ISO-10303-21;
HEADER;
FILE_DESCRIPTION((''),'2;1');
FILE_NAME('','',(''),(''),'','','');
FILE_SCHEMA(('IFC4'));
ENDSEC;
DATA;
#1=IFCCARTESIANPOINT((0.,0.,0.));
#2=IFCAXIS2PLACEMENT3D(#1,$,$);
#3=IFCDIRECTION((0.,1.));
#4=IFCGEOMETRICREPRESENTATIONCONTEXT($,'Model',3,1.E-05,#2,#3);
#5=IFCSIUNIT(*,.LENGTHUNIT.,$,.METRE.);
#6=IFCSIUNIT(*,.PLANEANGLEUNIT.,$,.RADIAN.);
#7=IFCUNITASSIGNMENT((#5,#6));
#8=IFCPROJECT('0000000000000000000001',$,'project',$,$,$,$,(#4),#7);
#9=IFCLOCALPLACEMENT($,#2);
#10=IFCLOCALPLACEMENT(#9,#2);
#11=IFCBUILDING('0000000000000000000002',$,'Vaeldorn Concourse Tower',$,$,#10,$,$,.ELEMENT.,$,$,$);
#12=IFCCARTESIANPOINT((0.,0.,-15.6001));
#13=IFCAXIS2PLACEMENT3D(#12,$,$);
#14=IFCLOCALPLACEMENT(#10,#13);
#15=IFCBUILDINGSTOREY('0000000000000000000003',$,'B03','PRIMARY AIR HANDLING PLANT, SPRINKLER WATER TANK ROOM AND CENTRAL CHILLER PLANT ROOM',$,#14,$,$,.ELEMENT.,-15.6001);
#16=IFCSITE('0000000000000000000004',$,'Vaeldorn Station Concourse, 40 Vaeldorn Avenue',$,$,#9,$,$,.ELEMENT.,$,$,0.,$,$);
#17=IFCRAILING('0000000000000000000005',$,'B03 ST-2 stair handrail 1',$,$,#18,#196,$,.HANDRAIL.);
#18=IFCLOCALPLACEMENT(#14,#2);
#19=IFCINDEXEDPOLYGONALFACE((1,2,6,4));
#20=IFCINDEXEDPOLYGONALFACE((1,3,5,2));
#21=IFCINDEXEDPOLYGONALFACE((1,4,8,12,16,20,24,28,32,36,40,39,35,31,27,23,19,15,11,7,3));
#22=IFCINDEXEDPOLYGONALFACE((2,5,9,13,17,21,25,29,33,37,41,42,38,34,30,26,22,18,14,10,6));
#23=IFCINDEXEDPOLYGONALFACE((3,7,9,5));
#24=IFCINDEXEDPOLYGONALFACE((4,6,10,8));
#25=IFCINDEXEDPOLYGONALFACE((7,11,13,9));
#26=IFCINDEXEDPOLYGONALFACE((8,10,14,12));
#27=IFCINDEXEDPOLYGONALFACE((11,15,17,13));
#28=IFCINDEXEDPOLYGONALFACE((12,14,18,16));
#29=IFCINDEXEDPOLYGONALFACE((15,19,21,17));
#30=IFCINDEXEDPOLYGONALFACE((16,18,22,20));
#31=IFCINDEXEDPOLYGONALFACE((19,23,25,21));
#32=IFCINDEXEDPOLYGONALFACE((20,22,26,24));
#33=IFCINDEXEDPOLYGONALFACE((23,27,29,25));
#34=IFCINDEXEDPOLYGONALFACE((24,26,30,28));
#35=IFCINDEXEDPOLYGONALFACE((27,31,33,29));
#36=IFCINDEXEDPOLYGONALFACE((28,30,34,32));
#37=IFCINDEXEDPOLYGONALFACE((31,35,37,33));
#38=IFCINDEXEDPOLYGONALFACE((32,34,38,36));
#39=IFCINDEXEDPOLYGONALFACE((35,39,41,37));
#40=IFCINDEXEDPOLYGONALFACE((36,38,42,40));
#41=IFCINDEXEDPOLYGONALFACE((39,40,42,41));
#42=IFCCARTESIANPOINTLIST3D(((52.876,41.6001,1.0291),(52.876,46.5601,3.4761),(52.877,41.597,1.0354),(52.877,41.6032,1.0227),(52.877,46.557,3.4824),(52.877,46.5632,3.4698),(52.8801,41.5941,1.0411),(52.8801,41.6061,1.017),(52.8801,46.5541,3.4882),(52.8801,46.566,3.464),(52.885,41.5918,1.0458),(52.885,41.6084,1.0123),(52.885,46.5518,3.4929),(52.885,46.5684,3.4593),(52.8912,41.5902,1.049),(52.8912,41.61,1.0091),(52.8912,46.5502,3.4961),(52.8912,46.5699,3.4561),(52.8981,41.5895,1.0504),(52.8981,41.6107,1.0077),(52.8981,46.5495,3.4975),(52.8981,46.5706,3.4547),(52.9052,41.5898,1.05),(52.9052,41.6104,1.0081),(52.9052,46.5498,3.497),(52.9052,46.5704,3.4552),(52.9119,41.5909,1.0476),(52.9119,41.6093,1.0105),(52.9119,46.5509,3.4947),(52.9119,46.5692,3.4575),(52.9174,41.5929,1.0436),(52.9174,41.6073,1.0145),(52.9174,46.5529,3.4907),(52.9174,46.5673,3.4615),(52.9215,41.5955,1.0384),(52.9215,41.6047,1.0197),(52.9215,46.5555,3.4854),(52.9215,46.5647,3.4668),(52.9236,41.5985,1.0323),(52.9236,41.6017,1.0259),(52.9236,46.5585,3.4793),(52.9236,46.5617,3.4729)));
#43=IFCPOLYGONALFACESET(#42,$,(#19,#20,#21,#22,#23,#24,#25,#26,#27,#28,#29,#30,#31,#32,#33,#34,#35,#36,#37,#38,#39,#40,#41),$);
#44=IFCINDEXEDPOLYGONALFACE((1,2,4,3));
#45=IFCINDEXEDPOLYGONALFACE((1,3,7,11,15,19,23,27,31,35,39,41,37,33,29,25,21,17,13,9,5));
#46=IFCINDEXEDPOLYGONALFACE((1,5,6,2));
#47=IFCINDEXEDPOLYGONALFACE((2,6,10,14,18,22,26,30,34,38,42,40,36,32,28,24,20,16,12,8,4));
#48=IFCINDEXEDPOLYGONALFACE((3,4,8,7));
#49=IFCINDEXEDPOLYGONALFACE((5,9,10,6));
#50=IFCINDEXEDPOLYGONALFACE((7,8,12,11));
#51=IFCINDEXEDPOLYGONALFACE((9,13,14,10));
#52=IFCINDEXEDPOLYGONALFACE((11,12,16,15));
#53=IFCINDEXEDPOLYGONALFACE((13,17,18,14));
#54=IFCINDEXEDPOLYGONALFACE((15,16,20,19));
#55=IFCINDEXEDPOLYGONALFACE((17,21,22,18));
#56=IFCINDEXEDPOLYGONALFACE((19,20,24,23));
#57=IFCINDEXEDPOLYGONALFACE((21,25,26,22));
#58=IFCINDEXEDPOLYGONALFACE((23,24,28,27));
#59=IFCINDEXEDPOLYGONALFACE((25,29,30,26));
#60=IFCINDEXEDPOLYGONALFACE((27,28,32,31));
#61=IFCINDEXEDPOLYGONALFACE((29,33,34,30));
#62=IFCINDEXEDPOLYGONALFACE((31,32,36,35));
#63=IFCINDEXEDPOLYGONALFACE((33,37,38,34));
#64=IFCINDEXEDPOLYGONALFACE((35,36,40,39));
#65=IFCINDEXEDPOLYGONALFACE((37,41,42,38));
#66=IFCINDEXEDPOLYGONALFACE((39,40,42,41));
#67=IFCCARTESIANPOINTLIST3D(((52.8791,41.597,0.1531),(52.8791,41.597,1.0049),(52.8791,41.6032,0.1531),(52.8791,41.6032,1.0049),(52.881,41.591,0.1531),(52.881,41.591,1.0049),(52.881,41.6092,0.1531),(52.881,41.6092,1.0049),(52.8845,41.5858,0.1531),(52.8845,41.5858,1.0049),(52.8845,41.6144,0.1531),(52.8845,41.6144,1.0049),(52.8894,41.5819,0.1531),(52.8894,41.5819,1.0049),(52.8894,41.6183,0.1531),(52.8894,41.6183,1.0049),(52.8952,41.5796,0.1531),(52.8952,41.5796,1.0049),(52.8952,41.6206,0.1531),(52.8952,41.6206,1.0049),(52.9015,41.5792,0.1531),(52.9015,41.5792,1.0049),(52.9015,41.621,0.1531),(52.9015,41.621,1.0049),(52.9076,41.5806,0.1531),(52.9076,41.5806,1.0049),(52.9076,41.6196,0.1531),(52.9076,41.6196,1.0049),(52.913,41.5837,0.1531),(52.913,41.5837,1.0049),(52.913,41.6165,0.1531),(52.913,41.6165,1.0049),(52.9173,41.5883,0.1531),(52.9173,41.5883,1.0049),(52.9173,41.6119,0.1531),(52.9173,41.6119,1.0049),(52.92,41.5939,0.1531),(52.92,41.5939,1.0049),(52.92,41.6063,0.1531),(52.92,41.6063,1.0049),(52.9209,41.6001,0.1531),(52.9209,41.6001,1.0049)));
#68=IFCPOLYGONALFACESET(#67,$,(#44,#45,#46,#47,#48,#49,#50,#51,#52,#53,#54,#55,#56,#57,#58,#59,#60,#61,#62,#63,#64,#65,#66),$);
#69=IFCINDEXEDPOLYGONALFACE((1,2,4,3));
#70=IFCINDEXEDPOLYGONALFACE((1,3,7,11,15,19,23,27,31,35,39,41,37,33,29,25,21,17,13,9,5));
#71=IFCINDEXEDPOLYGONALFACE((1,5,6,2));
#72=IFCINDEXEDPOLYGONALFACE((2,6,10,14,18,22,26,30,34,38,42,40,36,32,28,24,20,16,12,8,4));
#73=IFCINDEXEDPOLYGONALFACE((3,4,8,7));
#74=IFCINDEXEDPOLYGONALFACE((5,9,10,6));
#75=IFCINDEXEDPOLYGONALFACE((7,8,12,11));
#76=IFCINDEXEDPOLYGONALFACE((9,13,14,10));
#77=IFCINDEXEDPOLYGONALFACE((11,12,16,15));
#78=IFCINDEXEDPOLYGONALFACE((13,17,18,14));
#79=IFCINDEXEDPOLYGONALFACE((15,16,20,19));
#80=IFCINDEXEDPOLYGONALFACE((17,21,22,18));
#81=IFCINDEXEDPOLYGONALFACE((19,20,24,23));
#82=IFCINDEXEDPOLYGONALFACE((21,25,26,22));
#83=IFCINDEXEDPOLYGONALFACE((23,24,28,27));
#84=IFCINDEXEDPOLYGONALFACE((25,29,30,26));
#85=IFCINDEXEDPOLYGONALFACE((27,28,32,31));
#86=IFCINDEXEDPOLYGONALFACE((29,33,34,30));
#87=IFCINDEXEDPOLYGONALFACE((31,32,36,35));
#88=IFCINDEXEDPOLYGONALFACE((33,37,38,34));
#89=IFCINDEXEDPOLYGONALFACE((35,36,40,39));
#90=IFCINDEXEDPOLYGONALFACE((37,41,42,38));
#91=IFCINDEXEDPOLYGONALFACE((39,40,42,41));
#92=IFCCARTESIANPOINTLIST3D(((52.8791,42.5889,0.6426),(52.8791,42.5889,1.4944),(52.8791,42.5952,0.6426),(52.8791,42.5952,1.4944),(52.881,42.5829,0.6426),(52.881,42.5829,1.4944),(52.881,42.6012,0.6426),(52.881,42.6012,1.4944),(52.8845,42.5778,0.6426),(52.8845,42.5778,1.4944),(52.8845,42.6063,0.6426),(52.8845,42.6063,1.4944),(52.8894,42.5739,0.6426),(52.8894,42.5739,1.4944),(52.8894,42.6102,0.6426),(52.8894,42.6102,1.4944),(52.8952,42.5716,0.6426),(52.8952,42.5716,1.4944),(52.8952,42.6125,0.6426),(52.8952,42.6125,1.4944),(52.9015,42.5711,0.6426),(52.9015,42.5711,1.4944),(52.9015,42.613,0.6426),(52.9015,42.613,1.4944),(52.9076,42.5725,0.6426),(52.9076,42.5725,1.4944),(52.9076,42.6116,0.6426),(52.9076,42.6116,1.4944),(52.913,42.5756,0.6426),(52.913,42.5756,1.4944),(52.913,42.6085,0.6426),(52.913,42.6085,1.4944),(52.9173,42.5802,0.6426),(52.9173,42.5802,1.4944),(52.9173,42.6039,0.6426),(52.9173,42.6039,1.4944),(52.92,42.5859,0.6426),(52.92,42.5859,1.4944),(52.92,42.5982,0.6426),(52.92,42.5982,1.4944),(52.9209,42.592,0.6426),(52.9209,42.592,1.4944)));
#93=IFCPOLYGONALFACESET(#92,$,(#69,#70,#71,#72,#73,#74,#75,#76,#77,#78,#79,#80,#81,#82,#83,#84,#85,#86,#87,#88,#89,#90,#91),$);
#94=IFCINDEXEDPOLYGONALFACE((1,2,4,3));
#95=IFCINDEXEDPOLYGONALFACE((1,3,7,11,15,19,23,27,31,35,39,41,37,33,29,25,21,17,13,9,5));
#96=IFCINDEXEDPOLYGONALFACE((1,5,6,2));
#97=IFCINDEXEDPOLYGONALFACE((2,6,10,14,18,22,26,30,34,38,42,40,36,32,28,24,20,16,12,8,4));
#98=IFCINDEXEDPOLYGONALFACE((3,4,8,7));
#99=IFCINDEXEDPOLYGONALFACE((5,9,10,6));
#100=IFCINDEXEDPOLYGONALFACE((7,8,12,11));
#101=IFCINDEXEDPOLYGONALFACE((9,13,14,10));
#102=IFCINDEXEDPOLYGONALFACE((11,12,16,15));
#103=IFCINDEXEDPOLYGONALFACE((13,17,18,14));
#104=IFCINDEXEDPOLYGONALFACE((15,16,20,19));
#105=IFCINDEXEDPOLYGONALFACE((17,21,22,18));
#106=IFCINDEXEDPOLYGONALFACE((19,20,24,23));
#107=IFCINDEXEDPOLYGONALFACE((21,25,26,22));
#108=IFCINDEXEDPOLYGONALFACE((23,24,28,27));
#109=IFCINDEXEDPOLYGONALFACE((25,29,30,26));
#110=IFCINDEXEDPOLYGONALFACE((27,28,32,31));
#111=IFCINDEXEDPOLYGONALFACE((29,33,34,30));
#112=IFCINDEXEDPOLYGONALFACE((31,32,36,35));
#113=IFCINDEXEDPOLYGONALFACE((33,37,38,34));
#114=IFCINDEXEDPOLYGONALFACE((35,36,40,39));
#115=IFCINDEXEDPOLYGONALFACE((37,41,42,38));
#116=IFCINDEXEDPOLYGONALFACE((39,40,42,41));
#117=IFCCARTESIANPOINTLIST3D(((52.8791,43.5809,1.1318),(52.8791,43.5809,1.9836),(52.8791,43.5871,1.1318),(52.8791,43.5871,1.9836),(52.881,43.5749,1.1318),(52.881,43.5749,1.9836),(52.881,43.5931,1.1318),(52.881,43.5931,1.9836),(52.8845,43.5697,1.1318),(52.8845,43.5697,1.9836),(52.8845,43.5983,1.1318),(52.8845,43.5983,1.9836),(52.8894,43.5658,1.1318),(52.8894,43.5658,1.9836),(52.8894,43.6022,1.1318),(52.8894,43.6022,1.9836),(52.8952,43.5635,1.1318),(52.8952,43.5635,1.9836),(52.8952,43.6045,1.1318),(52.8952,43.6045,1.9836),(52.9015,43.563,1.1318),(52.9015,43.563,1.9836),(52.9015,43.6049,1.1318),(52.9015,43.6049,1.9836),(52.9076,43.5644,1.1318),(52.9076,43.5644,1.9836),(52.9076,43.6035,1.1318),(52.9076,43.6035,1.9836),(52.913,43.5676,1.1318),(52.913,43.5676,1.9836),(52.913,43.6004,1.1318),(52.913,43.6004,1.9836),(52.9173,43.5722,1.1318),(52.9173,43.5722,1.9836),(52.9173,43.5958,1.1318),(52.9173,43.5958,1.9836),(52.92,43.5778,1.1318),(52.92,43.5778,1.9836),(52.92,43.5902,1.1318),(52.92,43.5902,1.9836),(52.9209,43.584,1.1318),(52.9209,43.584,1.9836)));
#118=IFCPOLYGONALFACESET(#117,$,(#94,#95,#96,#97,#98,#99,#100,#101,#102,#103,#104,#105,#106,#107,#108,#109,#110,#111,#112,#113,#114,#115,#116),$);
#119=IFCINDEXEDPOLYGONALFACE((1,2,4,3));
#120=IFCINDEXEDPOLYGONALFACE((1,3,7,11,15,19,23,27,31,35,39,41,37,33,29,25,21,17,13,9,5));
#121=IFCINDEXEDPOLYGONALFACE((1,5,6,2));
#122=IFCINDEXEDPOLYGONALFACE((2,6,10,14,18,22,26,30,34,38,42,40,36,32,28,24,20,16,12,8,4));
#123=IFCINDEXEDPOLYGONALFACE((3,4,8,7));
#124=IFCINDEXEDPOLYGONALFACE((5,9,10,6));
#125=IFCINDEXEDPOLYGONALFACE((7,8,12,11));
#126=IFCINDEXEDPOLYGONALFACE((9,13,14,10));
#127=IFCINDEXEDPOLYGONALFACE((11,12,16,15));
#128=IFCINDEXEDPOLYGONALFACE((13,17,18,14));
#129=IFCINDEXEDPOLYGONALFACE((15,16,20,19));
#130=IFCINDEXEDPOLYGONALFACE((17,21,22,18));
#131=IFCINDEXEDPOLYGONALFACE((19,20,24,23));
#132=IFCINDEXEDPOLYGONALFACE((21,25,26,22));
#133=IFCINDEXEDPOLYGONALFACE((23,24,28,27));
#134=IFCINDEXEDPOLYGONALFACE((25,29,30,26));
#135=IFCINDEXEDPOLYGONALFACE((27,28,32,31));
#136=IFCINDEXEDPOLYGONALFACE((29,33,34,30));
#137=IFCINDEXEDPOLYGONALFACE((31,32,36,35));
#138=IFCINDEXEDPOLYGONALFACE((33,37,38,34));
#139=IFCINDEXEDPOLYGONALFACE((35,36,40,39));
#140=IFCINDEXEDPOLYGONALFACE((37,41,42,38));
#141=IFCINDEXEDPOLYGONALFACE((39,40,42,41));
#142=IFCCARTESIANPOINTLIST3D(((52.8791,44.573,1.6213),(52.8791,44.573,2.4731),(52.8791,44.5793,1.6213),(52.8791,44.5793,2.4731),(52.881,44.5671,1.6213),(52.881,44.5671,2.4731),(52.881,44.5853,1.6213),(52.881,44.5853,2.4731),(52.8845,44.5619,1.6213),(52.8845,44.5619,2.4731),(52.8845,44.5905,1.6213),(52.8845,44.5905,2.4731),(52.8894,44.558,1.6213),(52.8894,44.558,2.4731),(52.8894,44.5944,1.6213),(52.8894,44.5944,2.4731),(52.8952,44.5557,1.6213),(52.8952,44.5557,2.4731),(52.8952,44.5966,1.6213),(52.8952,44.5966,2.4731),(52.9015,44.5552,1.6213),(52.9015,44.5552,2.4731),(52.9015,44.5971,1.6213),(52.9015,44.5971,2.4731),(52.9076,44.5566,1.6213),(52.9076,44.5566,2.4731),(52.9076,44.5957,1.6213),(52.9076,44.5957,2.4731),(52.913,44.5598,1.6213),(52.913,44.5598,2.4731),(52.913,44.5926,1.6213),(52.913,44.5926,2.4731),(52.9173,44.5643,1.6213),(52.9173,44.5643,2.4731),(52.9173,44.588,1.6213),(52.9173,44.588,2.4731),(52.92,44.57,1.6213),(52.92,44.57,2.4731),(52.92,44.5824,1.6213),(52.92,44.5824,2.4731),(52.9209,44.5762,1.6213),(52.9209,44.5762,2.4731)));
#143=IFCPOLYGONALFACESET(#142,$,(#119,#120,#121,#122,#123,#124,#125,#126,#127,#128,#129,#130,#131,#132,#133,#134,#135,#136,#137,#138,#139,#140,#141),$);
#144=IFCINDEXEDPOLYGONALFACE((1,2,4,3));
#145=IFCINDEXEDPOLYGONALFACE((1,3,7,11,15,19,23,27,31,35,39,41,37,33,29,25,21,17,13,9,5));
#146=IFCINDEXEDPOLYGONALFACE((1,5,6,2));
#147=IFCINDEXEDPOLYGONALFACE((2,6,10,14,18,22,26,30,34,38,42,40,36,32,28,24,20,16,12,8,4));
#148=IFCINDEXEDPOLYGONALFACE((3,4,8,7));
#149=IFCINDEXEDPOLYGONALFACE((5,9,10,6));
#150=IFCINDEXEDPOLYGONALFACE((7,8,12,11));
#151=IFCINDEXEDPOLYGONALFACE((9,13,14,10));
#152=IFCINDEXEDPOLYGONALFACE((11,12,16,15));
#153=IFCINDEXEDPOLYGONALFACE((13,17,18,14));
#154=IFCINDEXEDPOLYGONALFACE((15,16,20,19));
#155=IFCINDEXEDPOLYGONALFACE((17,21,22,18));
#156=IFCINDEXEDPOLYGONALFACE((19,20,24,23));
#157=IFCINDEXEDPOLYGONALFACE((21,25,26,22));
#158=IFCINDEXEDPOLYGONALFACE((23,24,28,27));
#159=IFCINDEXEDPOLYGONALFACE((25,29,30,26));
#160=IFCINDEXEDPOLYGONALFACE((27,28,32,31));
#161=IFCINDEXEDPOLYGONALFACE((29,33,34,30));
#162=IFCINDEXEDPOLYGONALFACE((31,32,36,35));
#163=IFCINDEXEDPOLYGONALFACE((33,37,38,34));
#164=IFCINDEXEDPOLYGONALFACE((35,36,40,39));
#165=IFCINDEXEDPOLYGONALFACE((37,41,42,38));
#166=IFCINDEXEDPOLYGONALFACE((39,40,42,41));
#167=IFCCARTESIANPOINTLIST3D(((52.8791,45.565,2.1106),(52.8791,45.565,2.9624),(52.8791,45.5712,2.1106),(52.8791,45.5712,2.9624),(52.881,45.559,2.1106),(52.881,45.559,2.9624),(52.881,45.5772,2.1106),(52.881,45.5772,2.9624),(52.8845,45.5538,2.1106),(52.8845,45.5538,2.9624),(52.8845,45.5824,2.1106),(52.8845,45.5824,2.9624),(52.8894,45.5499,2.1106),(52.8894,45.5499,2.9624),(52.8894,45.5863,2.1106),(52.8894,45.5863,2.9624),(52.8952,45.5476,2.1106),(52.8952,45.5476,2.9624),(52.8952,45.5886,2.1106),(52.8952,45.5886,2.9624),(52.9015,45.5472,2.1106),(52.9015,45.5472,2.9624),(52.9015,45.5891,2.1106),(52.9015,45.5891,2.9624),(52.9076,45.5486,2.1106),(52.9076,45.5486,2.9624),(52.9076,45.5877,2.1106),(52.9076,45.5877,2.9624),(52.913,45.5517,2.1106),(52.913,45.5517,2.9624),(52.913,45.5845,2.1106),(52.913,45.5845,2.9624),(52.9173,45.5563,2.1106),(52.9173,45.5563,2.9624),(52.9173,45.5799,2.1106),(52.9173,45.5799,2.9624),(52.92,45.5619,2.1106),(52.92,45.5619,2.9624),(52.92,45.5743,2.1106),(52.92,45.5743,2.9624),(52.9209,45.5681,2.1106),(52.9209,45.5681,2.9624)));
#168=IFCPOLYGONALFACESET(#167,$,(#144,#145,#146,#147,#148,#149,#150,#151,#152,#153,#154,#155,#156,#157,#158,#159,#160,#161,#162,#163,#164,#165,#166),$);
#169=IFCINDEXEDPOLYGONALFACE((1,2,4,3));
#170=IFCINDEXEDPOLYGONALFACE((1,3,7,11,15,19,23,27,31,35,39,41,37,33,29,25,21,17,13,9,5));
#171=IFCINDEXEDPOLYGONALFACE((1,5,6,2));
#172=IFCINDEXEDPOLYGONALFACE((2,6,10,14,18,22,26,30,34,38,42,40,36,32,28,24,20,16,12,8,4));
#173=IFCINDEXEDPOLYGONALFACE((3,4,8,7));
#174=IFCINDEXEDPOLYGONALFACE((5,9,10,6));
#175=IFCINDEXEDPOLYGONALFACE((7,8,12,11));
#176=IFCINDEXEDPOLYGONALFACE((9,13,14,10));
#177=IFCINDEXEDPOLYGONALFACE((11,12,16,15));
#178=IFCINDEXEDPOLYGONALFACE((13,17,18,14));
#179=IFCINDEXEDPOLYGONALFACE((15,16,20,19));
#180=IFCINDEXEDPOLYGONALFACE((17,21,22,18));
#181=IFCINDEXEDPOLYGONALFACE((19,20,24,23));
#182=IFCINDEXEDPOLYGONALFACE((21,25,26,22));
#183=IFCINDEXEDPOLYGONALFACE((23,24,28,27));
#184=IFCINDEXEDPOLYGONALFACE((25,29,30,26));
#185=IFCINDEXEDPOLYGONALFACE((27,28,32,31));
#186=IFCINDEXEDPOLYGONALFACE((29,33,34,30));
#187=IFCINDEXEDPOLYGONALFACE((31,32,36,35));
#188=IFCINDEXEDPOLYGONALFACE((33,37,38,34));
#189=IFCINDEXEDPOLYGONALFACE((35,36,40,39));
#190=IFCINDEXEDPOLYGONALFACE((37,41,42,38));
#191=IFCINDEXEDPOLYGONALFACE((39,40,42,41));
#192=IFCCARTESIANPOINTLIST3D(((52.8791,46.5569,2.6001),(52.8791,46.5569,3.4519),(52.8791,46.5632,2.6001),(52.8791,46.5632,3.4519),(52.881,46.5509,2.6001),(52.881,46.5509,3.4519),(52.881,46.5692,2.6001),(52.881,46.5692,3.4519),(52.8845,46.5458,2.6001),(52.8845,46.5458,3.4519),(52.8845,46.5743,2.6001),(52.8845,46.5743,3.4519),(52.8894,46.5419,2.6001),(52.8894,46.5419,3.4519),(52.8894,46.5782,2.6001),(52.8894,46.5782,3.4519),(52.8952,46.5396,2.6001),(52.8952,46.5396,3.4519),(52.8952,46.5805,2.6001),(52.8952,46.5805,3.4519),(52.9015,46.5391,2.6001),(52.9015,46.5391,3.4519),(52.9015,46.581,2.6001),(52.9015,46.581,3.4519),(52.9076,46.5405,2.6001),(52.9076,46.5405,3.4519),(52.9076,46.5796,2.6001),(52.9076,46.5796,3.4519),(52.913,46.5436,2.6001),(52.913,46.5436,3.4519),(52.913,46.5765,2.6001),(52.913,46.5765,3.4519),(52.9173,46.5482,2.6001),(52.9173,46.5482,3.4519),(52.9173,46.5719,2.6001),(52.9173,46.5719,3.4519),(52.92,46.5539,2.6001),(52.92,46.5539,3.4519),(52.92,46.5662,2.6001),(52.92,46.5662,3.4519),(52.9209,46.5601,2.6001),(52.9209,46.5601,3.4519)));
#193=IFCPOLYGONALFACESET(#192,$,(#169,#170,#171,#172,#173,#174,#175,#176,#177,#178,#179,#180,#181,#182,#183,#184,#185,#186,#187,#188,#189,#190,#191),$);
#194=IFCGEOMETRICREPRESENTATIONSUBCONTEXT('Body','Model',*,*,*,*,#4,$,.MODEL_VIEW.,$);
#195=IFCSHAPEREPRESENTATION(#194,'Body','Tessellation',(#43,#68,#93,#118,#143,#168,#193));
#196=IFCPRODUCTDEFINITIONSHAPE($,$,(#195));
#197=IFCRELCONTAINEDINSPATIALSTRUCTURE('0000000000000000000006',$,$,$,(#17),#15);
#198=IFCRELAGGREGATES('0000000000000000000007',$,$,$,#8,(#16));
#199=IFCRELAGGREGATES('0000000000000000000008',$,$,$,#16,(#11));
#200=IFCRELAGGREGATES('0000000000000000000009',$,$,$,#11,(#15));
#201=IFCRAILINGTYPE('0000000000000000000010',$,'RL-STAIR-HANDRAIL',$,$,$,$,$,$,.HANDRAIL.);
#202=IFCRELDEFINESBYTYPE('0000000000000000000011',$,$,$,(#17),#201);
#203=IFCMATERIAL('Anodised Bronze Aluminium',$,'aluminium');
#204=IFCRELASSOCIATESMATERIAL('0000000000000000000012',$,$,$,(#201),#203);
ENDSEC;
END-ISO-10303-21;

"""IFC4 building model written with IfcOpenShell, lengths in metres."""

from ifc_helpers import new_model, si_unit, direction, frame, origin, origin_2d, place, context, subcontext, project, spatial, circle, extrude, material, type_object, element, save


model = new_model("IFC4")

# Units and contexts
model_context = context("Model", 3, precision=1e-05, world=origin(), true_north=direction((0.0, 1.0)))
body_context = subcontext(model_context, "Body", "Model", "MODEL_VIEW")
ifc_project = project(units=[si_unit("LENGTHUNIT", "METRE"), si_unit("PLANEANGLEUNIT", "RADIAN")], contexts=[model_context])

# Site, building, storey
site_placement = place(None, origin())
site = spatial("IfcSite", under=ifc_project, at=site_placement, Name="Vaeldorn Station Concourse, 40 Vaeldorn Avenue", CompositionType="ELEMENT", RefElevation=0.0)
building_placement = place(site_placement, origin())
building = spatial("IfcBuilding", under=site, at=building_placement, Name="Vaeldorn Concourse Tower", CompositionType="ELEMENT")
storey_placement = place(building_placement, frame((0.0, 0.0, -15.6001)))
storey = spatial("IfcBuildingStorey", under=building, at=storey_placement, Name="B03", Description="PRIMARY AIR HANDLING PLANT, SPRINKLER WATER TANK ROOM AND CENTRAL CHILLER PLANT ROOM", CompositionType="ELEMENT", Elevation=-15.6001)

# Railing
ifc_material_1 = material(Name="Anodised Bronze Aluminium", Category="aluminium")
railing_type_1 = type_object("IfcRailingType", Name="RL-STAIR-HANDRAIL", PredefinedType="HANDRAIL", material=ifc_material_1)
railing_1_placement = place(storey_placement, frame((52.8999, 41.6001, 0.1531)))
element("IfcRailing", 1, at=railing_1_placement, inside=storey, type_object=railing_type_1, Name="B03 ST-2 stair handrail 1", PredefinedType="HANDRAIL", context=body_context, shape_type="SweptSolid", body=[
    extrude(circle(Radius=0.0239, at=origin_2d()), frame((0.0, 0.0, 0.876), z_axis=(0.0, 0.896798, 0.44244), x_axis=(-1.0, 0.0, 0.0)), (0.0, 0.0, 1.0), 5.5308),
    extrude(circle(Radius=0.021, at=origin_2d()), origin(), (0.0, 0.0, 1.0), 0.8518),
    extrude(circle(Radius=0.021, at=origin_2d()), frame((0.0, 0.9919, 0.4895)), (0.0, 0.0, 1.0), 0.8518),
    extrude(circle(Radius=0.021, at=origin_2d()), frame((0.0, 1.9839, 0.9788)), (0.0, 0.0, 1.0), 0.8518),
    extrude(circle(Radius=0.021, at=origin_2d()), frame((0.0, 2.9761, 1.4683)), (0.0, 0.0, 1.0), 0.8518),
    extrude(circle(Radius=0.021, at=origin_2d()), frame((0.0, 3.968, 1.9575)), (0.0, 0.0, 1.0), 0.8518),
    extrude(circle(Radius=0.021, at=origin_2d()), frame((0.0, 4.96, 2.447)), (0.0, 0.0, 1.0), 0.8518),
])

save(model, "model.ifc")
